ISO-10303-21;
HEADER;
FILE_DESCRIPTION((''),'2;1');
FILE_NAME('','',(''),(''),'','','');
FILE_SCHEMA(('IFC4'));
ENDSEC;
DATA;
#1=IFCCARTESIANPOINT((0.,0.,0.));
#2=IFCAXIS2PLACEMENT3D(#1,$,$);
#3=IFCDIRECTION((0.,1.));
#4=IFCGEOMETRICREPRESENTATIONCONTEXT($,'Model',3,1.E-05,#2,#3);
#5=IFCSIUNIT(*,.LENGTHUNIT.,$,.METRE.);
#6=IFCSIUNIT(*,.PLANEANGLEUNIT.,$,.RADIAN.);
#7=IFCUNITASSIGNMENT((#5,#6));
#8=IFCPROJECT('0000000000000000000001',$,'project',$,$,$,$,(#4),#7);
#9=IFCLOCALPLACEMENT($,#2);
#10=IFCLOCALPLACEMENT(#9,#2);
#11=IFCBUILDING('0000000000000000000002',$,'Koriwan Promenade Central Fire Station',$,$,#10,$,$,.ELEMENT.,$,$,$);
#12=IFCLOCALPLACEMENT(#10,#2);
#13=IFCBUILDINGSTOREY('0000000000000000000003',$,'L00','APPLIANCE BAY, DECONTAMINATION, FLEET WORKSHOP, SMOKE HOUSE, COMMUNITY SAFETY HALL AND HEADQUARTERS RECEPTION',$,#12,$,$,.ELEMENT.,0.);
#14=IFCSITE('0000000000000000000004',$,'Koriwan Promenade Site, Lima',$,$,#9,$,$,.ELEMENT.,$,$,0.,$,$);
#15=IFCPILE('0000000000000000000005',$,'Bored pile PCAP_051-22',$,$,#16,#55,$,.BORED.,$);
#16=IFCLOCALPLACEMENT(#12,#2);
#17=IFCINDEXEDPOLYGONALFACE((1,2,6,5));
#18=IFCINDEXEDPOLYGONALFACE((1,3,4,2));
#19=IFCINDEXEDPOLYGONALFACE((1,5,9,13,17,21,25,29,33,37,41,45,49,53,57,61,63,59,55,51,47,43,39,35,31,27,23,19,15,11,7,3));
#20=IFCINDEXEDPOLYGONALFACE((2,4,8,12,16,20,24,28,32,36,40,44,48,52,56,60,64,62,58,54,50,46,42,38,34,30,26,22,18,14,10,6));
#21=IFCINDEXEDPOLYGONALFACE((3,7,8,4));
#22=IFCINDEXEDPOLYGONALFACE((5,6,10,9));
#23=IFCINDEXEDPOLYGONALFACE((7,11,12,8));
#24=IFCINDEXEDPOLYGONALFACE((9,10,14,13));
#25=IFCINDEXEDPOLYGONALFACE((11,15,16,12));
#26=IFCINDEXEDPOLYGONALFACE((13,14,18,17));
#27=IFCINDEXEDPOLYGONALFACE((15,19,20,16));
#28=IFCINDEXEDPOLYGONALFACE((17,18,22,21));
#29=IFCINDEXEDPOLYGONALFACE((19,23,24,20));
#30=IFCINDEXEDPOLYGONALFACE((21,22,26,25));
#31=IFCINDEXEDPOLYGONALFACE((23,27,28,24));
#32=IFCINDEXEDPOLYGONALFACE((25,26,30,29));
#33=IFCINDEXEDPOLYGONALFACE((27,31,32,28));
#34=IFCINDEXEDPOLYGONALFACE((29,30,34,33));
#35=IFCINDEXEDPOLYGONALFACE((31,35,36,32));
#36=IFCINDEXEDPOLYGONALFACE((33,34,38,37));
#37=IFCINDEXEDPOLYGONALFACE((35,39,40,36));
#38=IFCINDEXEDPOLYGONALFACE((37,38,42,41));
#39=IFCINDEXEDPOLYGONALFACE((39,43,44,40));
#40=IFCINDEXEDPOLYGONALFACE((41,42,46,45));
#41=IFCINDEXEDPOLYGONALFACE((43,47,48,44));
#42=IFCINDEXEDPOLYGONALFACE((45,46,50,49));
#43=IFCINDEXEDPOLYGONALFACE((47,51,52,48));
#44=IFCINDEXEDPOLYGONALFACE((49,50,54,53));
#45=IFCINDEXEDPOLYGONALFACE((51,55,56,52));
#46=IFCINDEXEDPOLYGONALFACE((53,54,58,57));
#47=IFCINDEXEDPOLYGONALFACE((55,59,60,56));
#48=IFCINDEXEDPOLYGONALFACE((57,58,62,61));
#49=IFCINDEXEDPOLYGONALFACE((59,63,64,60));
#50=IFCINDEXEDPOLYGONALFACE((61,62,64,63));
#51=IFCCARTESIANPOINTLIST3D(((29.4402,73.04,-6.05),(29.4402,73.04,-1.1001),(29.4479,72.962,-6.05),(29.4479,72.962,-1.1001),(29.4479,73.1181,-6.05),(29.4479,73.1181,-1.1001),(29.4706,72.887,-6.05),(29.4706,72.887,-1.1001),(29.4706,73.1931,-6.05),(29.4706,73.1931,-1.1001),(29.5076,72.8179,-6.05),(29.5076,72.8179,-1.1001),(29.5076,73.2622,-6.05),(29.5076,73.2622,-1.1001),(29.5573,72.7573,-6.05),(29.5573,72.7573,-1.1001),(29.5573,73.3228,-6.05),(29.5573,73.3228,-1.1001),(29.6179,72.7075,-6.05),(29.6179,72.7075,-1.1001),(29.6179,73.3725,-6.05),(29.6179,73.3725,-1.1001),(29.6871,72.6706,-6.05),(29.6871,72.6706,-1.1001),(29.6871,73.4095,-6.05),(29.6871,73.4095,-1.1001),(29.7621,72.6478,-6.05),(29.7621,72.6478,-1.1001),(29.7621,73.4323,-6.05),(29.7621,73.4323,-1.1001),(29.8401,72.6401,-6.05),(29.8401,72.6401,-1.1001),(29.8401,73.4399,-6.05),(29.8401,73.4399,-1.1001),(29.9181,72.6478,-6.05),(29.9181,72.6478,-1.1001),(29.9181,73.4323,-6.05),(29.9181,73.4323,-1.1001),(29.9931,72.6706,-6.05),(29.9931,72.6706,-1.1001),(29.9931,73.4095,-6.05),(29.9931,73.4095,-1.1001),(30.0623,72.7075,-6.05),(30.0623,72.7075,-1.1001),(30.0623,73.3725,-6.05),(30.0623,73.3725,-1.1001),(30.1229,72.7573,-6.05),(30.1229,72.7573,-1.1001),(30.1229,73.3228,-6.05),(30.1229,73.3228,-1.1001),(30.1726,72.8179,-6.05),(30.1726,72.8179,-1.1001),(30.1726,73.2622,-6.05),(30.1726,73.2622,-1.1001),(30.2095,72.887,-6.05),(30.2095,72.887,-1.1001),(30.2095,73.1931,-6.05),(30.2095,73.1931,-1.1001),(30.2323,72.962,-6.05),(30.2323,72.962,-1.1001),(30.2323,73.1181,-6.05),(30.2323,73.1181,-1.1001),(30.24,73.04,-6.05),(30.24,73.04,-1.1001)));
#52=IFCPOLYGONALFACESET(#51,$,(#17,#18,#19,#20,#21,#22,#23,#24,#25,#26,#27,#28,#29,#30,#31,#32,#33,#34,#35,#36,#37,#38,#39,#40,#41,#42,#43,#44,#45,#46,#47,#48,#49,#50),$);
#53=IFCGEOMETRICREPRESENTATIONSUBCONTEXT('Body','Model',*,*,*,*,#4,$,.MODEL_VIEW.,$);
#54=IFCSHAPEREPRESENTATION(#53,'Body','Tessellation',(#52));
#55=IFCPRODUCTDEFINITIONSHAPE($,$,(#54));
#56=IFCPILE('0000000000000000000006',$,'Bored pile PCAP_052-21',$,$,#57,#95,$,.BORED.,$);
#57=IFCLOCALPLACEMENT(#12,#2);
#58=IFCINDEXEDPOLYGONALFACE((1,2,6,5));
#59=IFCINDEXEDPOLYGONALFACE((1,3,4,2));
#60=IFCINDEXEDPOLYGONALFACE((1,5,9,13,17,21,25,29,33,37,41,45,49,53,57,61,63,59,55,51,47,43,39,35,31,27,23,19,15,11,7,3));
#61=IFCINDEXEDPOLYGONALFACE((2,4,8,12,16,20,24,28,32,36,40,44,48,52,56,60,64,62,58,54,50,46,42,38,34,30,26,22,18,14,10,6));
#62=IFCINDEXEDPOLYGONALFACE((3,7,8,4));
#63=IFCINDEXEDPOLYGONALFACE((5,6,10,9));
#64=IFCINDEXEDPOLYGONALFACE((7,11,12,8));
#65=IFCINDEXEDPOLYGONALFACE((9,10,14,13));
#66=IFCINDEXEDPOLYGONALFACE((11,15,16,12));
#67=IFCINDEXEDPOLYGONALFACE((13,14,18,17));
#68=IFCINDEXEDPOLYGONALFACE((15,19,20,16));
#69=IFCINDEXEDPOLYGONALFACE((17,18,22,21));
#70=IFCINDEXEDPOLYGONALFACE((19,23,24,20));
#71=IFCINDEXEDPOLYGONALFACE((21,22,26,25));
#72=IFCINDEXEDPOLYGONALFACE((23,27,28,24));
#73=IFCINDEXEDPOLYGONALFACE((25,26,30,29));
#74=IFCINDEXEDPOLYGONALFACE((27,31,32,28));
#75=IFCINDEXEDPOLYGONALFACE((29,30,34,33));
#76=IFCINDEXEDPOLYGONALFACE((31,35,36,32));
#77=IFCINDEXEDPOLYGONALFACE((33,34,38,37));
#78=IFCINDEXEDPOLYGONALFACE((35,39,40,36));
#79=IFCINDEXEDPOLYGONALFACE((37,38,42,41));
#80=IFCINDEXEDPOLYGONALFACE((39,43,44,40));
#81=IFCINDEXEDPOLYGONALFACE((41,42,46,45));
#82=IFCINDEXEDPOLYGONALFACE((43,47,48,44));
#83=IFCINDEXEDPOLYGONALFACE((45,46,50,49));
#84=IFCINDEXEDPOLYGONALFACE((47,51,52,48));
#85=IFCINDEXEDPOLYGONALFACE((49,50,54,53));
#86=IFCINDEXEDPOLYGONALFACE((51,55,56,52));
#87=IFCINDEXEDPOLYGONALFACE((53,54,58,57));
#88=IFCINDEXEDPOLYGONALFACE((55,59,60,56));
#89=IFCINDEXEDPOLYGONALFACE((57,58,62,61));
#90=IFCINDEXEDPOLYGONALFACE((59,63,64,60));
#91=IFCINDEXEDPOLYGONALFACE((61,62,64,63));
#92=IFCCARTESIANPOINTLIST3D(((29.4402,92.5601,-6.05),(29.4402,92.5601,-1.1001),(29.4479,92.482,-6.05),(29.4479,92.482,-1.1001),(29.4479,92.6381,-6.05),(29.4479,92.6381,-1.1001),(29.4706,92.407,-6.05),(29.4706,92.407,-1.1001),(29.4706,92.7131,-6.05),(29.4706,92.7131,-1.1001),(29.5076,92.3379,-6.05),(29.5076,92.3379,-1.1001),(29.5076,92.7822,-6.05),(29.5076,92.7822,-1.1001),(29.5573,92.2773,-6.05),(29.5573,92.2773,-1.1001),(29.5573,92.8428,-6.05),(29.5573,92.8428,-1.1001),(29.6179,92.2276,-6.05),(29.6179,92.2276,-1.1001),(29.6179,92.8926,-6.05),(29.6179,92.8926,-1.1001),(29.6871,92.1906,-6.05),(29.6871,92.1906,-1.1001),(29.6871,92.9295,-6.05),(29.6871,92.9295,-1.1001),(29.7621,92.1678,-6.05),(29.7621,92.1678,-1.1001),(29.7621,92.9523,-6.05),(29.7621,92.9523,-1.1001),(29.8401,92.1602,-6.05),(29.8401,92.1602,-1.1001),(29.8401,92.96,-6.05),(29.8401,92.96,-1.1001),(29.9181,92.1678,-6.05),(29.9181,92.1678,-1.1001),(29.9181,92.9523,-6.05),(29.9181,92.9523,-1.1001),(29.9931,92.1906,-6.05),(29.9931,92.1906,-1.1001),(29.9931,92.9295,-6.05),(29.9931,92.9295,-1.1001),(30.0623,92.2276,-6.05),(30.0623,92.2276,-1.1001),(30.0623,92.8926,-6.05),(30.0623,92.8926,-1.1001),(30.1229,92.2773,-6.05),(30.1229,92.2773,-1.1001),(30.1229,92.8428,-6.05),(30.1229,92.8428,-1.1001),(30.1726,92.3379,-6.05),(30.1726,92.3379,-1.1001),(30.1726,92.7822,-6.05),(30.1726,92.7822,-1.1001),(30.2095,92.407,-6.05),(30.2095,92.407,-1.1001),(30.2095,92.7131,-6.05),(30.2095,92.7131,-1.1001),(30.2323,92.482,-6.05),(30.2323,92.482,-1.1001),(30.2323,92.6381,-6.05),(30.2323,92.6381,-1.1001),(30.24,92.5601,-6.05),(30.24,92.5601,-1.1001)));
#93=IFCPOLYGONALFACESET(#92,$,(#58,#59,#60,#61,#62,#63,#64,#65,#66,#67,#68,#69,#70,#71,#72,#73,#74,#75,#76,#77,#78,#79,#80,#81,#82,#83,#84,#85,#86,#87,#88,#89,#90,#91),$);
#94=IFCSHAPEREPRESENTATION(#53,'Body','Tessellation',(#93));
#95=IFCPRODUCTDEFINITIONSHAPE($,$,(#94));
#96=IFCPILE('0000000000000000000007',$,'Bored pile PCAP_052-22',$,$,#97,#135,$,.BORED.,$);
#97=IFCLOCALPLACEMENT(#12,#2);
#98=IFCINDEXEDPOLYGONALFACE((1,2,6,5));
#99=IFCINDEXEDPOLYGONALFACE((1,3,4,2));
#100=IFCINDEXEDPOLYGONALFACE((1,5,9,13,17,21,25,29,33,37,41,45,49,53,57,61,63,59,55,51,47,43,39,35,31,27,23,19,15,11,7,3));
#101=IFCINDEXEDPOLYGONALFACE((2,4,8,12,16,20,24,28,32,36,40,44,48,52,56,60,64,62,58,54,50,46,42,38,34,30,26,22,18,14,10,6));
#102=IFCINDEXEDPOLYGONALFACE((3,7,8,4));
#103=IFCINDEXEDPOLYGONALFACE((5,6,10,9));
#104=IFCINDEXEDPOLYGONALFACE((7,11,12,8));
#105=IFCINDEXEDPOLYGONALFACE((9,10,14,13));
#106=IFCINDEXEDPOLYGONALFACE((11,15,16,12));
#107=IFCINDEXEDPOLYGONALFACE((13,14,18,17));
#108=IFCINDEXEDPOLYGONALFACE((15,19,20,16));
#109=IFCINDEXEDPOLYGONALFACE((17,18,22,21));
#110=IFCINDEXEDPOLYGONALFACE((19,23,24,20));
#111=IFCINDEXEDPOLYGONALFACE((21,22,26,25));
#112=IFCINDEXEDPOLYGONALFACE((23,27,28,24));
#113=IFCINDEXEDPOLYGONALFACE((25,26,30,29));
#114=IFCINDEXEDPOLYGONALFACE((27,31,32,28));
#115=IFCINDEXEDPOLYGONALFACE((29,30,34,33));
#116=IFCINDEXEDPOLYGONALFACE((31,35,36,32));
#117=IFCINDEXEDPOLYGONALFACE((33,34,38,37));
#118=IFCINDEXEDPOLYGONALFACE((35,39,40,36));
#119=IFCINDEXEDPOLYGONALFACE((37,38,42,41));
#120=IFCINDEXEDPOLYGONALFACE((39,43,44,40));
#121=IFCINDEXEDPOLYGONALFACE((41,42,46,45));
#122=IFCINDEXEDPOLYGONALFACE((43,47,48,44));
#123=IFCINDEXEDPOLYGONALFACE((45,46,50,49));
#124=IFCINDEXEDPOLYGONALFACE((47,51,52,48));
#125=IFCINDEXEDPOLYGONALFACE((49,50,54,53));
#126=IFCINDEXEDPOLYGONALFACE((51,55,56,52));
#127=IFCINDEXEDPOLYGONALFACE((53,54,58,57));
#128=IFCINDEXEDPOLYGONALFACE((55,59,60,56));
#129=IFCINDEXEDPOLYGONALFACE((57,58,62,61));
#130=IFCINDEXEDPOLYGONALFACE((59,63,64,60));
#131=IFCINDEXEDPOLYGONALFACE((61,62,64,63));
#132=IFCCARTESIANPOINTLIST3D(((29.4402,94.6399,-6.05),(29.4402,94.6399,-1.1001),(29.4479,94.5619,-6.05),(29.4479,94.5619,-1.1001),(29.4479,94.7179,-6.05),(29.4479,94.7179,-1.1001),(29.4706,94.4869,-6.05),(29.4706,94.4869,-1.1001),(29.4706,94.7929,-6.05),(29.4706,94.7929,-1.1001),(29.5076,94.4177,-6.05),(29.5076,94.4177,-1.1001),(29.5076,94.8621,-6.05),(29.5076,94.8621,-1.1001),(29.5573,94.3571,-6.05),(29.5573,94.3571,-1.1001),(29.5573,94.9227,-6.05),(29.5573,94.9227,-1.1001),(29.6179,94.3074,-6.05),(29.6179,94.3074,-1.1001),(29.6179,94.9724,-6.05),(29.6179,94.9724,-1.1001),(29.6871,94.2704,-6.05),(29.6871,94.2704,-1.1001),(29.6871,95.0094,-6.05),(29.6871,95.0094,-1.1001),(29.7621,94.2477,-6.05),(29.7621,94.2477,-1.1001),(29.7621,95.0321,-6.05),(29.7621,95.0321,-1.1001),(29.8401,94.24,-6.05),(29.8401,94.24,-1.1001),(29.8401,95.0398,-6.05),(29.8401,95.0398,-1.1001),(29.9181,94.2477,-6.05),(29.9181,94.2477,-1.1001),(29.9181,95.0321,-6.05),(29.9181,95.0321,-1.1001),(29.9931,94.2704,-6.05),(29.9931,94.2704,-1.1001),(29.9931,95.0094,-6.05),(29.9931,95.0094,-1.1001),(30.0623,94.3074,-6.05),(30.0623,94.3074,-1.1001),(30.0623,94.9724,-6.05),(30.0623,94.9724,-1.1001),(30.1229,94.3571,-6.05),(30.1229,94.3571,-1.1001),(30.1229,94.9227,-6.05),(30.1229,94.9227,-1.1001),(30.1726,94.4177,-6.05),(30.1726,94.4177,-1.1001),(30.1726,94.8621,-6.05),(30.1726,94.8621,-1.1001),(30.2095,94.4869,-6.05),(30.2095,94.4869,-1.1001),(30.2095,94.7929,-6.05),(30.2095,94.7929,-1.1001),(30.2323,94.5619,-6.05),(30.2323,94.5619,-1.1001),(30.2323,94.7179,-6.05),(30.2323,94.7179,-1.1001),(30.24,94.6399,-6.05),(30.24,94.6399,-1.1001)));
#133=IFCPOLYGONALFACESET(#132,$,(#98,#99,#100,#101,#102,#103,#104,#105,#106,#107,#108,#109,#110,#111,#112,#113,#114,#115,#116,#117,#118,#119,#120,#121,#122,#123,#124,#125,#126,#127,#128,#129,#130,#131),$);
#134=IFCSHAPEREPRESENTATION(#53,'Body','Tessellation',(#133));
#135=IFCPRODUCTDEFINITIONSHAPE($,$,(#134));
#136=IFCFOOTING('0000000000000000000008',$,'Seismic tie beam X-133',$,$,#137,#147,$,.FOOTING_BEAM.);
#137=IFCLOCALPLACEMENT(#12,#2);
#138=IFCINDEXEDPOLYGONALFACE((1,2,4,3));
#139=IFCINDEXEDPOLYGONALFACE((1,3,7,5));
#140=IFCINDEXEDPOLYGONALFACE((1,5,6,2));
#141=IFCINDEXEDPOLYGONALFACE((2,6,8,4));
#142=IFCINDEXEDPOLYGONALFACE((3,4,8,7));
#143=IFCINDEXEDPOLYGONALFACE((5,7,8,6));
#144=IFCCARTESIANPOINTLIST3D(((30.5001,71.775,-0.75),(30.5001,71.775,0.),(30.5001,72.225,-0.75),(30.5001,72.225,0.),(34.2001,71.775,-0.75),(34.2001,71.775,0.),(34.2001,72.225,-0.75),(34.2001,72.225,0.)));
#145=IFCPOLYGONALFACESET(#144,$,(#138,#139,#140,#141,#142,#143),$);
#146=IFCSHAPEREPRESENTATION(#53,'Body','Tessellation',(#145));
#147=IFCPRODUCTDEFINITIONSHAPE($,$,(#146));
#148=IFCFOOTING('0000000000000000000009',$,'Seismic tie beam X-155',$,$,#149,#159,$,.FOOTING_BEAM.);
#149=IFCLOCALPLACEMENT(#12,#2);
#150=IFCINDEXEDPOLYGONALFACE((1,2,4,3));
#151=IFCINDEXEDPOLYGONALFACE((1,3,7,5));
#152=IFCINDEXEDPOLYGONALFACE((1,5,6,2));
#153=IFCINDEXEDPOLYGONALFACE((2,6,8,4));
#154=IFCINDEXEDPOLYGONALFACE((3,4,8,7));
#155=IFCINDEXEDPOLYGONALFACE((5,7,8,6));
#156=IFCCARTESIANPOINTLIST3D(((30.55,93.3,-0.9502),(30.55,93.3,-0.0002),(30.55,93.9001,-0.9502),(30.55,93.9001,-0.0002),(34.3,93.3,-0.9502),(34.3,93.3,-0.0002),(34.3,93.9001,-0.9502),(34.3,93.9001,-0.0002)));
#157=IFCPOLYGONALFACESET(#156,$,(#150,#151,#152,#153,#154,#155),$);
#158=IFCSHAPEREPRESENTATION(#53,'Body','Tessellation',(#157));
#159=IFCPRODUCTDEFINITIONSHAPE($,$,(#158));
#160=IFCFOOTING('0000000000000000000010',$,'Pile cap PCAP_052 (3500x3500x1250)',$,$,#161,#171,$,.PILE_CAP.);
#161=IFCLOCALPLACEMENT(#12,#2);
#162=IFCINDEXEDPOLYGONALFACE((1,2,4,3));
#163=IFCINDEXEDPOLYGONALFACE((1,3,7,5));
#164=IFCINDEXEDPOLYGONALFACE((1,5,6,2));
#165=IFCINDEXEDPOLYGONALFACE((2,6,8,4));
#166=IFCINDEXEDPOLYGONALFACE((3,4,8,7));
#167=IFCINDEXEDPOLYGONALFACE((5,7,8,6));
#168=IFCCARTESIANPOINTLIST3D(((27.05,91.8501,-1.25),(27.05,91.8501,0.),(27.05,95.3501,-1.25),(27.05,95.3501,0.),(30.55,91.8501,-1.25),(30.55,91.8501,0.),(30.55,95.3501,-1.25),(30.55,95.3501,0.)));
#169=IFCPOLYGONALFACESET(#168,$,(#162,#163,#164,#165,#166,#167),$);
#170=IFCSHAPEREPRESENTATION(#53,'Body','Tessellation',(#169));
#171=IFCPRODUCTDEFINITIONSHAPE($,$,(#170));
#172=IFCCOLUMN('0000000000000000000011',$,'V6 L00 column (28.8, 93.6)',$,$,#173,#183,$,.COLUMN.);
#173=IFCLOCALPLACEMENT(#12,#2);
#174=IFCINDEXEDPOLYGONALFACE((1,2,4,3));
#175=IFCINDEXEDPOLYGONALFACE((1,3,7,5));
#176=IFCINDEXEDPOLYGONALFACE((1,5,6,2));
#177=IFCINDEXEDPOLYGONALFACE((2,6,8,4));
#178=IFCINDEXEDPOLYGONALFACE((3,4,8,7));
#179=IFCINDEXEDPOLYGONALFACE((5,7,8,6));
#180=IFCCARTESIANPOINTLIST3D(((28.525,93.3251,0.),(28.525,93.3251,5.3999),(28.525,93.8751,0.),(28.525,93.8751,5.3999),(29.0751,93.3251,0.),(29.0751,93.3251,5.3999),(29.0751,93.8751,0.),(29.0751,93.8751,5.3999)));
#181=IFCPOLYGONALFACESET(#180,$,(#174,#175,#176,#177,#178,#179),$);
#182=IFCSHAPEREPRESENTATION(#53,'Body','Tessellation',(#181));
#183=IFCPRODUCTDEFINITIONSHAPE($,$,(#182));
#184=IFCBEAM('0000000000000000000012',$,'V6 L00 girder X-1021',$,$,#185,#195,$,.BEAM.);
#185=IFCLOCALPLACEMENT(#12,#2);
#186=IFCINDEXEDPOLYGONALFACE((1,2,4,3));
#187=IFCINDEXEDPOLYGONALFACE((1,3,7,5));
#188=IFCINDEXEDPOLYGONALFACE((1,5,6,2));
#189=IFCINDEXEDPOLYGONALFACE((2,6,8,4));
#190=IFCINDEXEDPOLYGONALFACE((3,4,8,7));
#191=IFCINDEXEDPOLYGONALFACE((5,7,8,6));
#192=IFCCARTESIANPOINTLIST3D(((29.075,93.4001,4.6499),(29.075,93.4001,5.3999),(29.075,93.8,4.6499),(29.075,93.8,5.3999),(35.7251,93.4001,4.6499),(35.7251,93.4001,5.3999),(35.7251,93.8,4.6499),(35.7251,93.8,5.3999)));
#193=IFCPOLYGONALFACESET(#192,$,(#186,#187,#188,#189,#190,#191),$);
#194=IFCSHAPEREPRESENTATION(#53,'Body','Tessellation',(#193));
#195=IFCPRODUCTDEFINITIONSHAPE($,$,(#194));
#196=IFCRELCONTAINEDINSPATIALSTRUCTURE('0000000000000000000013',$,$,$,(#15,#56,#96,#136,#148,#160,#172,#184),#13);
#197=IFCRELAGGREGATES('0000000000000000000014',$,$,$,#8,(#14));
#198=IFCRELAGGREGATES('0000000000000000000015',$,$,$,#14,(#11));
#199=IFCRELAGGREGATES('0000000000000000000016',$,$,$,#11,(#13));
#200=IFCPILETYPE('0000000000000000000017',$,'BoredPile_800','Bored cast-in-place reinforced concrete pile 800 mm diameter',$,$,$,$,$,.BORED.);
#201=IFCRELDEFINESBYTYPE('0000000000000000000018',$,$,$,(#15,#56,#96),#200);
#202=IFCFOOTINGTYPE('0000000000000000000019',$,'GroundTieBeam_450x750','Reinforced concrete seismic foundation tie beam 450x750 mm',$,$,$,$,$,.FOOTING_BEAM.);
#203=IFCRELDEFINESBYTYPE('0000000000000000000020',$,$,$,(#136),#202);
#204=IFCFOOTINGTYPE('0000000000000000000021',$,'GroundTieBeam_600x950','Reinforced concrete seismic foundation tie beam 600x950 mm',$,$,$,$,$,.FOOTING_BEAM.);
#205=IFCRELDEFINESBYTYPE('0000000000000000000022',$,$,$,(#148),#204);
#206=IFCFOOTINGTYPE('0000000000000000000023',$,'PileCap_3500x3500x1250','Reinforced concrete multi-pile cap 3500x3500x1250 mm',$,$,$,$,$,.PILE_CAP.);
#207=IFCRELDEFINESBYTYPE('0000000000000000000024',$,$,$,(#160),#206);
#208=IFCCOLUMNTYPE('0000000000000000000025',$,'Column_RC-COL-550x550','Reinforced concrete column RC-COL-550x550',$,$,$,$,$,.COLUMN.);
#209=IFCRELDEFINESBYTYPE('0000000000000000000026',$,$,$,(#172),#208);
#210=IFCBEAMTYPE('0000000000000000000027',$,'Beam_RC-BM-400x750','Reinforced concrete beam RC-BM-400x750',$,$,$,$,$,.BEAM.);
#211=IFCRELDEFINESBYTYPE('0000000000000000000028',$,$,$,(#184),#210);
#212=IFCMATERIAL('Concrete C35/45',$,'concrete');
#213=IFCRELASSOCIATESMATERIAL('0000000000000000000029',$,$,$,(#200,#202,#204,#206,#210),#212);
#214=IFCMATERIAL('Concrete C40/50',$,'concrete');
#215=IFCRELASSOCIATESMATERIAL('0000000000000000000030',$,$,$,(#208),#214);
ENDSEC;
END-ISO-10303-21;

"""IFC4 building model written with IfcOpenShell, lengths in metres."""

from ifc_helpers import new_model, si_unit, direction, frame, origin, origin_2d, place, context, subcontext, project, spatial, rectangle, circle, extrude, material, material_profile, profile_set, type_object, element, save


model = new_model("IFC4")

# Units and contexts
model_context = context("Model", 3, precision=1e-05, world=origin(), true_north=direction((0.0, 1.0)))
body_context = subcontext(model_context, "Body", "Model", "MODEL_VIEW")
ifc_project = project(units=[si_unit("LENGTHUNIT", "METRE"), si_unit("PLANEANGLEUNIT", "RADIAN")], contexts=[model_context])

# Site, building, storey
site_placement = place(None, origin())
site = spatial("IfcSite", under=ifc_project, at=site_placement, Name="Koriwan Promenade Site, Lima", CompositionType="ELEMENT", RefElevation=0.0)
building_placement = place(site_placement, origin())
building = spatial("IfcBuilding", under=site, at=building_placement, Name="Koriwan Promenade Central Fire Station", CompositionType="ELEMENT")
storey_placement = place(building_placement, origin())
storey = spatial("IfcBuildingStorey", under=building, at=storey_placement, Name="L00", Description="APPLIANCE BAY, DECONTAMINATION, FLEET WORKSHOP, SMOKE HOUSE, COMMUNITY SAFETY HALL AND HEADQUARTERS RECEPTION", CompositionType="ELEMENT", Elevation=0.0)

# Piles
ifc_material_1 = material(Name="Concrete C35/45", Category="concrete")
ifc_material_profile_1 = material_profile(ifc_material_1, circle(Radius=0.3999, at=origin_2d()), Name="PILE-D800")
ifc_profile_set_1 = profile_set([ifc_material_profile_1], Name="Concrete C35/45")
pile_type = type_object("IfcPileType", Name="BoredPile_800", Description="Bored cast-in-place reinforced concrete pile 800 mm diameter", PredefinedType="BORED", material=ifc_profile_set_1)
for number, where, z_axis, x_axis, name in (
    (1, (29.8401, 73.04, -1.1001), (0.0, 0.0, -1.0), (1.0, 0.0, 0.0), "Bored pile PCAP_051-22"),
    (2, (29.8401, 92.5601, -1.1001), (0.0, 0.0, -1.0), (1.0, 0.0, 0.0), "Bored pile PCAP_052-21"),
    (3, (29.8401, 94.6399, -1.1001), (0.0, 0.0, -1.0), (1.0, 0.0, 0.0), "Bored pile PCAP_052-22"),
):
    element("IfcPile", number, at=place(storey_placement, frame(where, z_axis=z_axis, x_axis=x_axis)), inside=storey, type_object=pile_type, Name=name, PredefinedType="BORED", context=body_context, shape_type="SweptSolid", body=[
        extrude(circle(Radius=0.3999, at=origin_2d()), origin(), (0.0, 0.0, 1.0), 4.95),
    ])

# Footings
footing_type_1 = type_object("IfcFootingType", Name="GroundTieBeam_450x750", Description="Reinforced concrete seismic foundation tie beam 450x750 mm", PredefinedType="FOOTING_BEAM", material=ifc_material_1)
footing_1_placement = place(storey_placement, frame((32.3501, 72.0, -0.75), z_axis=(0.0, 0.0, 1.0), x_axis=(1.0, 0.0, 0.0)))
element("IfcFooting", 4, at=footing_1_placement, inside=storey, type_object=footing_type_1, Name="Seismic tie beam X-133", PredefinedType="FOOTING_BEAM", context=body_context, shape_type="SweptSolid", body=[
    extrude(rectangle(XDim=3.7, YDim=0.45, at=origin_2d()), origin(), (0.0, 0.0, 1.0), 0.75),
])
footing_type_2 = type_object("IfcFootingType", Name="GroundTieBeam_600x950", Description="Reinforced concrete seismic foundation tie beam 600x950 mm", PredefinedType="FOOTING_BEAM", material=ifc_material_1)
footing_2_placement = place(storey_placement, frame((32.425, 93.6001, -0.9502), z_axis=(0.0, 0.0, 1.0), x_axis=(1.0, 0.0, 0.0)))
element("IfcFooting", 5, at=footing_2_placement, inside=storey, type_object=footing_type_2, Name="Seismic tie beam X-155", PredefinedType="FOOTING_BEAM", context=body_context, shape_type="SweptSolid", body=[
    extrude(rectangle(XDim=3.75, YDim=0.6001, at=origin_2d()), origin(), (0.0, 0.0, 1.0), 0.95),
])
footing_type_3 = type_object("IfcFootingType", Name="PileCap_3500x3500x1250", Description="Reinforced concrete multi-pile cap 3500x3500x1250 mm", PredefinedType="PILE_CAP", material=ifc_material_1)
footing_3_placement = place(storey_placement, frame((28.8, 93.6001, -1.25), z_axis=(0.0, 0.0, 1.0), x_axis=(1.0, 0.0, 0.0)))
element("IfcFooting", 6, at=footing_3_placement, inside=storey, type_object=footing_type_3, Name="Pile cap PCAP_052 (3500x3500x1250)", PredefinedType="PILE_CAP", context=body_context, shape_type="SweptSolid", body=[
    extrude(rectangle(XDim=3.5, YDim=3.5, at=origin_2d()), origin(), (0.0, 0.0, 1.0), 1.25),
])

# Column
ifc_material_2 = material(Name="Concrete C40/50", Category="concrete")
ifc_material_profile_2 = material_profile(ifc_material_2, rectangle(XDim=0.55, YDim=0.55, at=origin_2d()), Name="RC-COL-550x550")
ifc_profile_set_2 = profile_set([ifc_material_profile_2], Name="Concrete C40/50")
column_type = type_object("IfcColumnType", Name="Column_RC-COL-550x550", Description="Reinforced concrete column RC-COL-550x550", PredefinedType="COLUMN", material=ifc_profile_set_2)
column_placement = place(storey_placement, frame((28.8, 93.6001, 0.0), z_axis=(0.0, 0.0, 1.0), x_axis=(1.0, 0.0, 0.0)))
element("IfcColumn", 7, at=column_placement, inside=storey, type_object=column_type, Name="V6 L00 column (28.8, 93.6)", PredefinedType="COLUMN", context=body_context, shape_type="SweptSolid", body=[
    extrude(rectangle(XDim=0.55, YDim=0.55, at=origin_2d()), origin(), (0.0, 0.0, 1.0), 5.3999),
])

# Beam
ifc_material_profile_3 = material_profile(ifc_material_1, rectangle(XDim=0.3999, YDim=0.75, at=origin_2d()), Name="RC-BM-400x750")
ifc_profile_set_3 = profile_set([ifc_material_profile_3], Name="Concrete C35/45")
beam_type = type_object("IfcBeamType", Name="Beam_RC-BM-400x750", Description="Reinforced concrete beam RC-BM-400x750", PredefinedType="BEAM", material=ifc_profile_set_3)
beam_placement = place(storey_placement, frame((29.075, 93.6001, 5.0249), z_axis=(1.0, 0.0, 0.0), x_axis=(0.0, 1.0, 0.0)))
element("IfcBeam", 8, at=beam_placement, inside=storey, type_object=beam_type, Name="V6 L00 girder X-1021", PredefinedType="BEAM", context=body_context, shape_type="SweptSolid", body=[
    extrude(rectangle(XDim=0.3999, YDim=0.75, at=origin_2d()), origin(), (0.0, 0.0, 1.0), 6.6501),
])

save(model, "model.ifc")
